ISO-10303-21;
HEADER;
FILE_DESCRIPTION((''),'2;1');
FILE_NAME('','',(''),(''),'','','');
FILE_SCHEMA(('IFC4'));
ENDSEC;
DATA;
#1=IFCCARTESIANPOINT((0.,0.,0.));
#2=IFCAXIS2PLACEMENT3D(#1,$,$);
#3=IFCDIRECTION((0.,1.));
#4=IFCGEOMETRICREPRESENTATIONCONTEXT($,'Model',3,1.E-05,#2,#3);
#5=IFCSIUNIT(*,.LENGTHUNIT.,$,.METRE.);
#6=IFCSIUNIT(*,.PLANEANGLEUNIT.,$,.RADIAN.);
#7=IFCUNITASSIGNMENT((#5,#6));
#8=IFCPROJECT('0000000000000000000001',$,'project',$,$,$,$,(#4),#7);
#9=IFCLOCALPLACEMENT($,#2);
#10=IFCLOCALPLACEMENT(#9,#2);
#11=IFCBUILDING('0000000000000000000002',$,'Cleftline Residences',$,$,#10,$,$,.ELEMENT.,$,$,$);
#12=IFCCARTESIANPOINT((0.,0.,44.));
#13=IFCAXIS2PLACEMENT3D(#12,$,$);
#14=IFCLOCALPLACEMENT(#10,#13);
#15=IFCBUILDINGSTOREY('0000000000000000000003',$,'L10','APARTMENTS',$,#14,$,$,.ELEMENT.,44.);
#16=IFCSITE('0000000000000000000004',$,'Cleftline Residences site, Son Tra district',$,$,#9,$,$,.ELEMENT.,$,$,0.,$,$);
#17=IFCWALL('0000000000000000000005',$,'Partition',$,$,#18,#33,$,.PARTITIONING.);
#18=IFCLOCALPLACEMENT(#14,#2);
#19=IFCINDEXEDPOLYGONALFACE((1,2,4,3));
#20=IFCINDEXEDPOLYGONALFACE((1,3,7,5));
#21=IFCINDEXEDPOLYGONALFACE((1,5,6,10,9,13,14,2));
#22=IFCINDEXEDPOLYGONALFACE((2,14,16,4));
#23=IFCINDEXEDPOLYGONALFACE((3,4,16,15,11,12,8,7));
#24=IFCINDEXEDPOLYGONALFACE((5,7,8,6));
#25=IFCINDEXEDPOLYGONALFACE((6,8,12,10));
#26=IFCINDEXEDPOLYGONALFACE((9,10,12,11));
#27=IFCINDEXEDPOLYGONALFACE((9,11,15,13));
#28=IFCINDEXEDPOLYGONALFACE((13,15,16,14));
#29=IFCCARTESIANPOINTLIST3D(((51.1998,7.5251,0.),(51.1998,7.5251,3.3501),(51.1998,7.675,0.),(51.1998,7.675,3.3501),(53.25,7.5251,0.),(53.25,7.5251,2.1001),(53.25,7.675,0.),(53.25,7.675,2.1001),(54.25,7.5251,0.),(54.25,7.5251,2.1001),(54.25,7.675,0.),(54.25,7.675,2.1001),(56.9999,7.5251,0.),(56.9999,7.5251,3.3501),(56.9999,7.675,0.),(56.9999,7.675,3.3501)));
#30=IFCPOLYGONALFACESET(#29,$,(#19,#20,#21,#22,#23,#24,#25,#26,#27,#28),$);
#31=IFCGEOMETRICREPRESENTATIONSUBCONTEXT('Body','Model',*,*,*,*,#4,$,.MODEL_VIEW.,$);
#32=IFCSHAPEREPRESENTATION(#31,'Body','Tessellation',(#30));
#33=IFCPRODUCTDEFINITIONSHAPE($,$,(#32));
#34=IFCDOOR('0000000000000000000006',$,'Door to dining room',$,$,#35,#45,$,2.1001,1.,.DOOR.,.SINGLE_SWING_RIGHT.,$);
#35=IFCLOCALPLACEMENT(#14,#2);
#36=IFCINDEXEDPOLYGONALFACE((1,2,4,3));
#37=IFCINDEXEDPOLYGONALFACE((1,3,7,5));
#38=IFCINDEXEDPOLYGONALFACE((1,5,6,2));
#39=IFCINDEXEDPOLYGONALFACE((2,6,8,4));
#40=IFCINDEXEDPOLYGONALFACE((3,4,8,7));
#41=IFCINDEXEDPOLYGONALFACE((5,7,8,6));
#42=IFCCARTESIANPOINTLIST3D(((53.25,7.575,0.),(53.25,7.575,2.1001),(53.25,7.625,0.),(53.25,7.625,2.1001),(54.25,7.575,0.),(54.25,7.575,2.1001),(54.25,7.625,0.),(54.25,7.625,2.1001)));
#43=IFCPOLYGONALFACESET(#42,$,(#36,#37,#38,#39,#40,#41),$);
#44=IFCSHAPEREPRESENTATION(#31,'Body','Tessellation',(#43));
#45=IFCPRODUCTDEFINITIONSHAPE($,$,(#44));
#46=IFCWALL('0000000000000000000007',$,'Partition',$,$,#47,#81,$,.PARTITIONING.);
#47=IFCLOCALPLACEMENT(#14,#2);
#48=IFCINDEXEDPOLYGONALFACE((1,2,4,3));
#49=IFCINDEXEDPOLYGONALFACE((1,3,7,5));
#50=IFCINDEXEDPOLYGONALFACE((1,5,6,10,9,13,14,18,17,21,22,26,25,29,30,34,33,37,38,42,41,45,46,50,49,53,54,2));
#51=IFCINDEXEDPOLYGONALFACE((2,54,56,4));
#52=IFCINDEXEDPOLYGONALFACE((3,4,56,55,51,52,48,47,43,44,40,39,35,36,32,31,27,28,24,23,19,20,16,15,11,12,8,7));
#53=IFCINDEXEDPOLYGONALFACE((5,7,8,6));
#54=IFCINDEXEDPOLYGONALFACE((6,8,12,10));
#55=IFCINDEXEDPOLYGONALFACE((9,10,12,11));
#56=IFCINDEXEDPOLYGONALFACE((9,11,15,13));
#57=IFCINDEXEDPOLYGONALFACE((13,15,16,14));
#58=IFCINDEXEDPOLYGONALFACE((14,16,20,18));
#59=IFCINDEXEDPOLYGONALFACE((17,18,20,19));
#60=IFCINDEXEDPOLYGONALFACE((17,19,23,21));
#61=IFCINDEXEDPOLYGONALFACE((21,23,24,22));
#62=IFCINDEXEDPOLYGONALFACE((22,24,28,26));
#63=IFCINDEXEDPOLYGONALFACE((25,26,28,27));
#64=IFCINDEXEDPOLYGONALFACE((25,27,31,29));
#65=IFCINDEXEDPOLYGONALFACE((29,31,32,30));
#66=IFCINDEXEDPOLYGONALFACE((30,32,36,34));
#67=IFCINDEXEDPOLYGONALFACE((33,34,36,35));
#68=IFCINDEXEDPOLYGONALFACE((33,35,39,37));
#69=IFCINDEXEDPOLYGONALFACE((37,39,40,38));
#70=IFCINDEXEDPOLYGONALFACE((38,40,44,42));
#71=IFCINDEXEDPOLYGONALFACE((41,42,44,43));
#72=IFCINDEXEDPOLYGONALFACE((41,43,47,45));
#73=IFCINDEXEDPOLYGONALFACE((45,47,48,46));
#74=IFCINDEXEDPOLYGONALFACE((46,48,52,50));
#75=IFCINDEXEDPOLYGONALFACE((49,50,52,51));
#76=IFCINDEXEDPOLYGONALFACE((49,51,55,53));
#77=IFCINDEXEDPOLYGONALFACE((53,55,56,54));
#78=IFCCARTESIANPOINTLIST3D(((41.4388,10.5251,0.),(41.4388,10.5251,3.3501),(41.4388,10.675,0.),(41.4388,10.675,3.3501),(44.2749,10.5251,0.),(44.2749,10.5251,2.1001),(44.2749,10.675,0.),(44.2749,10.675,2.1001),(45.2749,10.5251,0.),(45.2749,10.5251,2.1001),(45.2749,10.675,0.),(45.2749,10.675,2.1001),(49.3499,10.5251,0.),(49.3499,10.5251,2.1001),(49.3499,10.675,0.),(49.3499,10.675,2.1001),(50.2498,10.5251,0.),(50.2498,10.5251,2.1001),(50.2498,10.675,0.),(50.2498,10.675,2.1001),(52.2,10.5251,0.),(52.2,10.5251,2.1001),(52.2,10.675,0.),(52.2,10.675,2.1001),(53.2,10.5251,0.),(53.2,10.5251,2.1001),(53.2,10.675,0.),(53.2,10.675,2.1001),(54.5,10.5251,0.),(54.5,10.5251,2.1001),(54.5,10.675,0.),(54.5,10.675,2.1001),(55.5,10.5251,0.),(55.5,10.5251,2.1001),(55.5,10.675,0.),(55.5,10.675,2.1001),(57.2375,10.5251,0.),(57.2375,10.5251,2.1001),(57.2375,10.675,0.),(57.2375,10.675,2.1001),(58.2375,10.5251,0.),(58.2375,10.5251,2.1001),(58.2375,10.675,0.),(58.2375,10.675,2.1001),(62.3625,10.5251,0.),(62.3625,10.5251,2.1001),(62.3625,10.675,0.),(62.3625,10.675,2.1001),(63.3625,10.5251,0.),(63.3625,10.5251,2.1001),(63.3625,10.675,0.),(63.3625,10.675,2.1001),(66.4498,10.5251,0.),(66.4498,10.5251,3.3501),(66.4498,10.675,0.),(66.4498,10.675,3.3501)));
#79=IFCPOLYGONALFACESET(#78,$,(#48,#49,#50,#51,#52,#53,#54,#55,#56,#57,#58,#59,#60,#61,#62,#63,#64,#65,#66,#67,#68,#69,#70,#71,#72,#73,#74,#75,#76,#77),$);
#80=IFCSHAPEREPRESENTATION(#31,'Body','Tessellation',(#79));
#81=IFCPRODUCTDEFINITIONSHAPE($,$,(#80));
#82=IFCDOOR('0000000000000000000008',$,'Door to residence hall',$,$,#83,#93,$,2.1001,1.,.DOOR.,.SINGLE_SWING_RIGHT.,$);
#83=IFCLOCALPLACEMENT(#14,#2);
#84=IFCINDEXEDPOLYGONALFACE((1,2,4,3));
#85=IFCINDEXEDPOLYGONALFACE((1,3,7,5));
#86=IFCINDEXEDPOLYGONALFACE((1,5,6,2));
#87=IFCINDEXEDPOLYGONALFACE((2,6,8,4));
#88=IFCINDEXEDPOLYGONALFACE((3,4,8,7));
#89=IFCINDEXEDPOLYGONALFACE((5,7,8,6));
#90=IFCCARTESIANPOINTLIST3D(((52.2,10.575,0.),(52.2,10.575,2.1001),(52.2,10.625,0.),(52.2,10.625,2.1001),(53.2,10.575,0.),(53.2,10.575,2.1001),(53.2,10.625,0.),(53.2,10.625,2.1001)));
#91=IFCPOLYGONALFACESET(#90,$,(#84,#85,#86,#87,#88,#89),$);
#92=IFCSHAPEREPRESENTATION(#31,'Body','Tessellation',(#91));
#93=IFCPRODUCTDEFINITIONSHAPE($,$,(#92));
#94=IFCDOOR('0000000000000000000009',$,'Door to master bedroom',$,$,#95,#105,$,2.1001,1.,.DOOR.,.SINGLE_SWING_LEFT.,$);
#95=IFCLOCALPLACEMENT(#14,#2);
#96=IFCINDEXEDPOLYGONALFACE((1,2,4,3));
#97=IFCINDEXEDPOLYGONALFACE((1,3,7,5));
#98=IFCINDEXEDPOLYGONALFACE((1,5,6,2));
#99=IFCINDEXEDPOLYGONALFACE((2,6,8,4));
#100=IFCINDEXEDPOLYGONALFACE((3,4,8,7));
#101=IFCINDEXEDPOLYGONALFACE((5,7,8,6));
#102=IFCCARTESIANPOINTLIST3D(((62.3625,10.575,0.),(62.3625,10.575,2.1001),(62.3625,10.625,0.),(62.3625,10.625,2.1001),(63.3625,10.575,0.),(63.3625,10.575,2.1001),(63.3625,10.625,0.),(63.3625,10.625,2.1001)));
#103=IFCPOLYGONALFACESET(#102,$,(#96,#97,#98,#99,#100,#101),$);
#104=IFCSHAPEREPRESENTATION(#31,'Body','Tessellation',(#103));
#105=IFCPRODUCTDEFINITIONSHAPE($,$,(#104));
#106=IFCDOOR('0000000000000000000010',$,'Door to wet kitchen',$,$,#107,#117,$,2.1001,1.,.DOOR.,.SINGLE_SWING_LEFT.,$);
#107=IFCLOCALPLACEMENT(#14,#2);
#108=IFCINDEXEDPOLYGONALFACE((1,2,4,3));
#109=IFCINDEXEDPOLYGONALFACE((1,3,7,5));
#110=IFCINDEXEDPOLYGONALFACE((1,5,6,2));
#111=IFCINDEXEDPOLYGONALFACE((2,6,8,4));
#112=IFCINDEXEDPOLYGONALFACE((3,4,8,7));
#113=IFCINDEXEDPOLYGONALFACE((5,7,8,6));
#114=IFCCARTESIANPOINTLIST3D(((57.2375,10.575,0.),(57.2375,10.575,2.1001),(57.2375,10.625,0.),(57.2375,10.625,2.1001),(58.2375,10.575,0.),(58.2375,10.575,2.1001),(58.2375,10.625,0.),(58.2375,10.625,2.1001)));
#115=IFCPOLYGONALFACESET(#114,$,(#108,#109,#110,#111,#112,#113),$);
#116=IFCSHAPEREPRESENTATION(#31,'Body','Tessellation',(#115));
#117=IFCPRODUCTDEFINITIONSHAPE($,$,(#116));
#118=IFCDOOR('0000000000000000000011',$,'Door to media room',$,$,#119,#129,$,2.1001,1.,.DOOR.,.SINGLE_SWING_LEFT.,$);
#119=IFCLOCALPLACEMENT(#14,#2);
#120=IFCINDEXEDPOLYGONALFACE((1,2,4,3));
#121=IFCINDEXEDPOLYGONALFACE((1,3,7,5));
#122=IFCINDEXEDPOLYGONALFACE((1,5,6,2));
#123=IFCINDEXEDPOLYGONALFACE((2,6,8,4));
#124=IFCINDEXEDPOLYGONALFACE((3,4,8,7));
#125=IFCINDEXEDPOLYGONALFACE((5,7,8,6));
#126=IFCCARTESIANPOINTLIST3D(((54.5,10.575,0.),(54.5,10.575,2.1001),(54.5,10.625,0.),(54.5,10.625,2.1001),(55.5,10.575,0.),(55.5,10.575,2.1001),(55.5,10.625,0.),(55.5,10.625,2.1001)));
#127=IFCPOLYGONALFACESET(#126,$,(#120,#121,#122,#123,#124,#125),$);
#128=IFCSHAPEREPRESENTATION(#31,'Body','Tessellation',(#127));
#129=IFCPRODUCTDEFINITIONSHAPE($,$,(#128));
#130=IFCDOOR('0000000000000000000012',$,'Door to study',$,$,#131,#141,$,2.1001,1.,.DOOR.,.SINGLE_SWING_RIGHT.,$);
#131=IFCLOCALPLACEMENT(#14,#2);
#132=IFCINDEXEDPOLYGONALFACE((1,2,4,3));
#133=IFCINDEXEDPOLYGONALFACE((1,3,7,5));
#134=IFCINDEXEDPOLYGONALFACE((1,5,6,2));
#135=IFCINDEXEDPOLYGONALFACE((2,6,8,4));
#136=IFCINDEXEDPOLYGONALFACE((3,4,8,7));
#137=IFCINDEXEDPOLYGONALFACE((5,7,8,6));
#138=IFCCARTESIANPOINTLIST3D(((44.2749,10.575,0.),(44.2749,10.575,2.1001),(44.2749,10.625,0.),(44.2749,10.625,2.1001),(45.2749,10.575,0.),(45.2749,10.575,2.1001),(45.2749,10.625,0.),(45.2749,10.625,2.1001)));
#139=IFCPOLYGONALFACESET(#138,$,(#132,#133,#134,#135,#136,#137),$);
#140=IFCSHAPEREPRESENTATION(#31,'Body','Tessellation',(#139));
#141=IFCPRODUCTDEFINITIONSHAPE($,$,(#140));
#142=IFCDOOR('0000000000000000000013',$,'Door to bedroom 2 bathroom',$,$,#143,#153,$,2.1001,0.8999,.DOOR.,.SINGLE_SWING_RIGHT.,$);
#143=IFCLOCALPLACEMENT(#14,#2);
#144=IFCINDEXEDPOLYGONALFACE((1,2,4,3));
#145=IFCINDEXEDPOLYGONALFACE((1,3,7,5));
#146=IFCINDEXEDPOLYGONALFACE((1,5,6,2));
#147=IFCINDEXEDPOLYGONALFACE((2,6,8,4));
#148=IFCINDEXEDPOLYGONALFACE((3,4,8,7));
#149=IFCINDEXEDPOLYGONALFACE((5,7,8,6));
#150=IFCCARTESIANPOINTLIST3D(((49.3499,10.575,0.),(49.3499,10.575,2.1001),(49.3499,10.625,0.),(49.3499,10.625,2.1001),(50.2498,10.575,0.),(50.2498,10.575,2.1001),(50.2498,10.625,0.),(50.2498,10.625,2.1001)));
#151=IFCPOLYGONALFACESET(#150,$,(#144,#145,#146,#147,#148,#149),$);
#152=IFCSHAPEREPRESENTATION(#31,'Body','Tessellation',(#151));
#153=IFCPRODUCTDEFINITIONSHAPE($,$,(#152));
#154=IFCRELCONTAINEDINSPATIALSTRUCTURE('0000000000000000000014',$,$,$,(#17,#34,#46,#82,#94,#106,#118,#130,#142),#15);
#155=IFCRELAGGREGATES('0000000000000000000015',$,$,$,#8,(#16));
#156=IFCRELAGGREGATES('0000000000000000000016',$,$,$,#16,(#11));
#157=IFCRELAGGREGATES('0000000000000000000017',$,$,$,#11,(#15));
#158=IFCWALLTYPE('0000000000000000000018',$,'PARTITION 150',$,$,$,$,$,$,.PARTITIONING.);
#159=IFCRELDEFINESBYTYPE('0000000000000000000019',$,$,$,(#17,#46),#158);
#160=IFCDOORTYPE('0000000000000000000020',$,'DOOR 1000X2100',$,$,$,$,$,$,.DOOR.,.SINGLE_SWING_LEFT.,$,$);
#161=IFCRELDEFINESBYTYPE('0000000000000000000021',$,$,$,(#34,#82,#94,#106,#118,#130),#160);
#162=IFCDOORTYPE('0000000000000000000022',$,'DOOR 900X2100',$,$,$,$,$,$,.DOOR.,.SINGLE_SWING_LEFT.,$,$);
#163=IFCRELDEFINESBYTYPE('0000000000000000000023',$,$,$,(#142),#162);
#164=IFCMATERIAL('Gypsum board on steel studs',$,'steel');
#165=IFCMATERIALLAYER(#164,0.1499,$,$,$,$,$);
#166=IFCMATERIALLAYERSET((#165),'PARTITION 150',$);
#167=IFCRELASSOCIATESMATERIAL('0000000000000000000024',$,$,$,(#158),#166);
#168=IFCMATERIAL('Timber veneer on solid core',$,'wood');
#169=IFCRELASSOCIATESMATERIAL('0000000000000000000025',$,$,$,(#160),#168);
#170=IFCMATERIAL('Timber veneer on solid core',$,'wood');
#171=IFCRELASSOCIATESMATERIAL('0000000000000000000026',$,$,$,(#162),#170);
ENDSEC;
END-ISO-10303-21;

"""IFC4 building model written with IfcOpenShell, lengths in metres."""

from ifc_helpers import new_model, si_unit, direction, frame, frame_2d, origin, place, context, subcontext, project, spatial, rectangle, extrude, material, layer, layer_set, type_object, element, fill, save


model = new_model("IFC4")

# Units and contexts
model_context = context("Model", 3, precision=1e-05, world=origin(), true_north=direction((0.0, 1.0)))
body_context = subcontext(model_context, "Body", "Model", "MODEL_VIEW")
ifc_project = project(units=[si_unit("LENGTHUNIT", "METRE"), si_unit("PLANEANGLEUNIT", "RADIAN")], contexts=[model_context])

# Site, building, storey
site_placement = place(None, origin())
site = spatial("IfcSite", under=ifc_project, at=site_placement, Name="Cleftline Residences site, Son Tra district", CompositionType="ELEMENT", RefElevation=0.0)
building_placement = place(site_placement, origin())
building = spatial("IfcBuilding", under=site, at=building_placement, Name="Cleftline Residences", CompositionType="ELEMENT")
storey_placement = place(building_placement, frame((0.0, 0.0, 44.0)))
storey = spatial("IfcBuildingStorey", under=building, at=storey_placement, Name="L10", Description="APARTMENTS", CompositionType="ELEMENT", Elevation=44.0)

# Shared definitions
ifc_material_1 = material(Name="Gypsum board on steel studs", Category="steel")
ifc_layer_1 = layer(ifc_material_1, 0.1499)
ifc_layer_set_1 = layer_set([ifc_layer_1], Name="PARTITION 150")
wall_type = type_object("IfcWallType", Name="PARTITION 150", PredefinedType="PARTITIONING", material=ifc_layer_set_1)
ifc_material_2 = material(Name="Timber veneer on solid core", Category="wood")
door_type_1 = type_object("IfcDoorType", Name="DOOR 1000X2100", OperationType="SINGLE_SWING_LEFT", PredefinedType="DOOR", material=ifc_material_2)

# Wall, opening, door
wall_1_placement = place(storey_placement, frame((51.2, 7.6001, 0.0), z_axis=(0.0, 0.0, 1.0), x_axis=(1.0, 0.0, 0.0)))
wall_1 = element("IfcWall", 1, at=wall_1_placement, inside=storey, type_object=wall_type, Name="Partition", PredefinedType="PARTITIONING", context=body_context, shape_type="SweptSolid", body=[
    extrude(rectangle(XDim=5.8, YDim=0.1499, at=frame_2d((2.8999, 0.0))), origin(), (0.0, 0.0, 1.0), 3.3501),
])
opening_1_placement = place(wall_1_placement, frame((2.05, 0.0, 0.0)))
opening_1 = element("IfcOpeningElement", 2, at=opening_1_placement, cuts=wall_1, PredefinedType="OPENING", context=body_context, shape_type="SweptSolid", body=[
    extrude(rectangle(XDim=1.0, YDim=2.1001, at=frame_2d((0.5, 1.05))), frame((0.0, 0.085, 0.0), z_axis=(0.0, -1.0, 0.0), x_axis=(1.0, 0.0, 0.0)), (0.0, 0.0, 1.0), 0.1699),
])
door_1_placement = place(opening_1_placement, origin())
door_1 = element("IfcDoor", 3, at=door_1_placement, inside=storey, type_object=door_type_1, Name="Door to dining room", OperationType="SINGLE_SWING_RIGHT", OverallHeight=2.1001, OverallWidth=1.0, PredefinedType="DOOR", context=body_context, shape_type="SweptSolid", body=[
    extrude(rectangle(XDim=1.0, YDim=2.1001, at=frame_2d((0.5, 1.05))), frame((0.0, 0.0249, 0.0), z_axis=(0.0, -1.0, 0.0), x_axis=(1.0, 0.0, 0.0)), (0.0, 0.0, 1.0), 0.05),
])
fill(opening_1, door_1)

# Wall, openings, doors
wall_2_placement = place(storey_placement, frame((41.439, 10.6001, 0.0), z_axis=(0.0, 0.0, 1.0), x_axis=(1.0, 0.0, 0.0)))
wall_2 = element("IfcWall", 4, at=wall_2_placement, inside=storey, type_object=wall_type, Name="Partition", PredefinedType="PARTITIONING", context=body_context, shape_type="SweptSolid", body=[
    extrude(rectangle(XDim=25.011, YDim=0.1499, at=frame_2d((12.5054, 0.0))), origin(), (0.0, 0.0, 1.0), 3.3501),
])
opening_2_placement = place(wall_2_placement, frame((10.761, 0.0, 0.0)))
opening_2 = element("IfcOpeningElement", 5, at=opening_2_placement, cuts=wall_2, PredefinedType="OPENING", context=body_context, shape_type="SweptSolid", body=[
    extrude(rectangle(XDim=1.0, YDim=2.1001, at=frame_2d((0.5, 1.05))), frame((0.0, 0.085, 0.0), z_axis=(0.0, -1.0, 0.0), x_axis=(1.0, 0.0, 0.0)), (0.0, 0.0, 1.0), 0.1699),
])
opening_3_placement = place(wall_2_placement, frame((20.9236, 0.0, 0.0)))
opening_3 = element("IfcOpeningElement", 6, at=opening_3_placement, cuts=wall_2, PredefinedType="OPENING", context=body_context, shape_type="SweptSolid", body=[
    extrude(rectangle(XDim=1.0, YDim=2.1001, at=frame_2d((0.5, 1.05))), frame((0.0, 0.085, 0.0), z_axis=(0.0, -1.0, 0.0), x_axis=(1.0, 0.0, 0.0)), (0.0, 0.0, 1.0), 0.1699),
])
opening_4_placement = place(wall_2_placement, frame((15.7986, 0.0, 0.0)))
opening_4 = element("IfcOpeningElement", 7, at=opening_4_placement, cuts=wall_2, PredefinedType="OPENING", context=body_context, shape_type="SweptSolid", body=[
    extrude(rectangle(XDim=1.0, YDim=2.1001, at=frame_2d((0.5, 1.05))), frame((0.0, 0.085, 0.0), z_axis=(0.0, -1.0, 0.0), x_axis=(1.0, 0.0, 0.0)), (0.0, 0.0, 1.0), 0.1699),
])
opening_5_placement = place(wall_2_placement, frame((13.061, 0.0, 0.0)))
opening_5 = element("IfcOpeningElement", 8, at=opening_5_placement, cuts=wall_2, PredefinedType="OPENING", context=body_context, shape_type="SweptSolid", body=[
    extrude(rectangle(XDim=1.0, YDim=2.1001, at=frame_2d((0.5, 1.05))), frame((0.0, 0.085, 0.0), z_axis=(0.0, -1.0, 0.0), x_axis=(1.0, 0.0, 0.0)), (0.0, 0.0, 1.0), 0.1699),
])
opening_6_placement = place(wall_2_placement, frame((7.9109, 0.0, 0.0)))
opening_6 = element("IfcOpeningElement", 9, at=opening_6_placement, cuts=wall_2, PredefinedType="OPENING", context=body_context, shape_type="SweptSolid", body=[
    extrude(rectangle(XDim=0.8999, YDim=2.1001, at=frame_2d((0.45, 1.05))), frame((0.0, 0.085, 0.0), z_axis=(0.0, -1.0, 0.0), x_axis=(1.0, 0.0, 0.0)), (0.0, 0.0, 1.0), 0.1699),
])
opening_7_placement = place(wall_2_placement, frame((2.8359, 0.0, 0.0)))
opening_7 = element("IfcOpeningElement", 10, at=opening_7_placement, cuts=wall_2, PredefinedType="OPENING", context=body_context, shape_type="SweptSolid", body=[
    extrude(rectangle(XDim=1.0, YDim=2.1001, at=frame_2d((0.5, 1.05))), frame((0.0, 0.085, 0.0), z_axis=(0.0, -1.0, 0.0), x_axis=(1.0, 0.0, 0.0)), (0.0, 0.0, 1.0), 0.1699),
])
door_2_placement = place(opening_2_placement, origin())
door_2 = element("IfcDoor", 11, at=door_2_placement, inside=storey, type_object=door_type_1, Name="Door to residence hall", OperationType="SINGLE_SWING_RIGHT", OverallHeight=2.1001, OverallWidth=1.0, PredefinedType="DOOR", context=body_context, shape_type="SweptSolid", body=[
    extrude(rectangle(XDim=1.0, YDim=2.1001, at=frame_2d((0.5, 1.05))), frame((0.0, 0.0249, 0.0), z_axis=(0.0, -1.0, 0.0), x_axis=(1.0, 0.0, 0.0)), (0.0, 0.0, 1.0), 0.05),
])
fill(opening_2, door_2)
door_3_placement = place(opening_3_placement, origin())
door_3 = element("IfcDoor", 12, at=door_3_placement, inside=storey, type_object=door_type_1, Name="Door to master bedroom", OperationType="SINGLE_SWING_LEFT", OverallHeight=2.1001, OverallWidth=1.0, PredefinedType="DOOR", context=body_context, shape_type="SweptSolid", body=[
    extrude(rectangle(XDim=1.0, YDim=2.1001, at=frame_2d((0.5, 1.05))), frame((0.0, 0.0249, 0.0), z_axis=(0.0, -1.0, 0.0), x_axis=(1.0, 0.0, 0.0)), (0.0, 0.0, 1.0), 0.05),
])
fill(opening_3, door_3)
door_4_placement = place(opening_4_placement, origin())
door_4 = element("IfcDoor", 13, at=door_4_placement, inside=storey, type_object=door_type_1, Name="Door to wet kitchen", OperationType="SINGLE_SWING_LEFT", OverallHeight=2.1001, OverallWidth=1.0, PredefinedType="DOOR", context=body_context, shape_type="SweptSolid", body=[
    extrude(rectangle(XDim=1.0, YDim=2.1001, at=frame_2d((0.5, 1.05))), frame((0.0, 0.0249, 0.0), z_axis=(0.0, -1.0, 0.0), x_axis=(1.0, 0.0, 0.0)), (0.0, 0.0, 1.0), 0.05),
])
fill(opening_4, door_4)
door_5_placement = place(opening_5_placement, origin())
door_5 = element("IfcDoor", 14, at=door_5_placement, inside=storey, type_object=door_type_1, Name="Door to media room", OperationType="SINGLE_SWING_LEFT", OverallHeight=2.1001, OverallWidth=1.0, PredefinedType="DOOR", context=body_context, shape_type="SweptSolid", body=[
    extrude(rectangle(XDim=1.0, YDim=2.1001, at=frame_2d((0.5, 1.05))), frame((0.0, 0.0249, 0.0), z_axis=(0.0, -1.0, 0.0), x_axis=(1.0, 0.0, 0.0)), (0.0, 0.0, 1.0), 0.05),
])
fill(opening_5, door_5)
door_6_placement = place(opening_7_placement, origin())
door_6 = element("IfcDoor", 15, at=door_6_placement, inside=storey, type_object=door_type_1, Name="Door to study", OperationType="SINGLE_SWING_RIGHT", OverallHeight=2.1001, OverallWidth=1.0, PredefinedType="DOOR", context=body_context, shape_type="SweptSolid", body=[
    extrude(rectangle(XDim=1.0, YDim=2.1001, at=frame_2d((0.5, 1.05))), frame((0.0, 0.0249, 0.0), z_axis=(0.0, -1.0, 0.0), x_axis=(1.0, 0.0, 0.0)), (0.0, 0.0, 1.0), 0.05),
])
fill(opening_7, door_6)
ifc_material_3 = material(Name="Timber veneer on solid core", Category="wood")
door_type_2 = type_object("IfcDoorType", Name="DOOR 900X2100", OperationType="SINGLE_SWING_LEFT", PredefinedType="DOOR", material=ifc_material_3)
door_7_placement = place(opening_6_placement, origin())
door_7 = element("IfcDoor", 16, at=door_7_placement, inside=storey, type_object=door_type_2, Name="Door to bedroom 2 bathroom", OperationType="SINGLE_SWING_RIGHT", OverallHeight=2.1001, OverallWidth=0.8999, PredefinedType="DOOR", context=body_context, shape_type="SweptSolid", body=[
    extrude(rectangle(XDim=0.8999, YDim=2.1001, at=frame_2d((0.45, 1.05))), frame((0.0, 0.0249, 0.0), z_axis=(0.0, -1.0, 0.0), x_axis=(1.0, 0.0, 0.0)), (0.0, 0.0, 1.0), 0.05),
])
fill(opening_6, door_7)

save(model, "model.ifc")
